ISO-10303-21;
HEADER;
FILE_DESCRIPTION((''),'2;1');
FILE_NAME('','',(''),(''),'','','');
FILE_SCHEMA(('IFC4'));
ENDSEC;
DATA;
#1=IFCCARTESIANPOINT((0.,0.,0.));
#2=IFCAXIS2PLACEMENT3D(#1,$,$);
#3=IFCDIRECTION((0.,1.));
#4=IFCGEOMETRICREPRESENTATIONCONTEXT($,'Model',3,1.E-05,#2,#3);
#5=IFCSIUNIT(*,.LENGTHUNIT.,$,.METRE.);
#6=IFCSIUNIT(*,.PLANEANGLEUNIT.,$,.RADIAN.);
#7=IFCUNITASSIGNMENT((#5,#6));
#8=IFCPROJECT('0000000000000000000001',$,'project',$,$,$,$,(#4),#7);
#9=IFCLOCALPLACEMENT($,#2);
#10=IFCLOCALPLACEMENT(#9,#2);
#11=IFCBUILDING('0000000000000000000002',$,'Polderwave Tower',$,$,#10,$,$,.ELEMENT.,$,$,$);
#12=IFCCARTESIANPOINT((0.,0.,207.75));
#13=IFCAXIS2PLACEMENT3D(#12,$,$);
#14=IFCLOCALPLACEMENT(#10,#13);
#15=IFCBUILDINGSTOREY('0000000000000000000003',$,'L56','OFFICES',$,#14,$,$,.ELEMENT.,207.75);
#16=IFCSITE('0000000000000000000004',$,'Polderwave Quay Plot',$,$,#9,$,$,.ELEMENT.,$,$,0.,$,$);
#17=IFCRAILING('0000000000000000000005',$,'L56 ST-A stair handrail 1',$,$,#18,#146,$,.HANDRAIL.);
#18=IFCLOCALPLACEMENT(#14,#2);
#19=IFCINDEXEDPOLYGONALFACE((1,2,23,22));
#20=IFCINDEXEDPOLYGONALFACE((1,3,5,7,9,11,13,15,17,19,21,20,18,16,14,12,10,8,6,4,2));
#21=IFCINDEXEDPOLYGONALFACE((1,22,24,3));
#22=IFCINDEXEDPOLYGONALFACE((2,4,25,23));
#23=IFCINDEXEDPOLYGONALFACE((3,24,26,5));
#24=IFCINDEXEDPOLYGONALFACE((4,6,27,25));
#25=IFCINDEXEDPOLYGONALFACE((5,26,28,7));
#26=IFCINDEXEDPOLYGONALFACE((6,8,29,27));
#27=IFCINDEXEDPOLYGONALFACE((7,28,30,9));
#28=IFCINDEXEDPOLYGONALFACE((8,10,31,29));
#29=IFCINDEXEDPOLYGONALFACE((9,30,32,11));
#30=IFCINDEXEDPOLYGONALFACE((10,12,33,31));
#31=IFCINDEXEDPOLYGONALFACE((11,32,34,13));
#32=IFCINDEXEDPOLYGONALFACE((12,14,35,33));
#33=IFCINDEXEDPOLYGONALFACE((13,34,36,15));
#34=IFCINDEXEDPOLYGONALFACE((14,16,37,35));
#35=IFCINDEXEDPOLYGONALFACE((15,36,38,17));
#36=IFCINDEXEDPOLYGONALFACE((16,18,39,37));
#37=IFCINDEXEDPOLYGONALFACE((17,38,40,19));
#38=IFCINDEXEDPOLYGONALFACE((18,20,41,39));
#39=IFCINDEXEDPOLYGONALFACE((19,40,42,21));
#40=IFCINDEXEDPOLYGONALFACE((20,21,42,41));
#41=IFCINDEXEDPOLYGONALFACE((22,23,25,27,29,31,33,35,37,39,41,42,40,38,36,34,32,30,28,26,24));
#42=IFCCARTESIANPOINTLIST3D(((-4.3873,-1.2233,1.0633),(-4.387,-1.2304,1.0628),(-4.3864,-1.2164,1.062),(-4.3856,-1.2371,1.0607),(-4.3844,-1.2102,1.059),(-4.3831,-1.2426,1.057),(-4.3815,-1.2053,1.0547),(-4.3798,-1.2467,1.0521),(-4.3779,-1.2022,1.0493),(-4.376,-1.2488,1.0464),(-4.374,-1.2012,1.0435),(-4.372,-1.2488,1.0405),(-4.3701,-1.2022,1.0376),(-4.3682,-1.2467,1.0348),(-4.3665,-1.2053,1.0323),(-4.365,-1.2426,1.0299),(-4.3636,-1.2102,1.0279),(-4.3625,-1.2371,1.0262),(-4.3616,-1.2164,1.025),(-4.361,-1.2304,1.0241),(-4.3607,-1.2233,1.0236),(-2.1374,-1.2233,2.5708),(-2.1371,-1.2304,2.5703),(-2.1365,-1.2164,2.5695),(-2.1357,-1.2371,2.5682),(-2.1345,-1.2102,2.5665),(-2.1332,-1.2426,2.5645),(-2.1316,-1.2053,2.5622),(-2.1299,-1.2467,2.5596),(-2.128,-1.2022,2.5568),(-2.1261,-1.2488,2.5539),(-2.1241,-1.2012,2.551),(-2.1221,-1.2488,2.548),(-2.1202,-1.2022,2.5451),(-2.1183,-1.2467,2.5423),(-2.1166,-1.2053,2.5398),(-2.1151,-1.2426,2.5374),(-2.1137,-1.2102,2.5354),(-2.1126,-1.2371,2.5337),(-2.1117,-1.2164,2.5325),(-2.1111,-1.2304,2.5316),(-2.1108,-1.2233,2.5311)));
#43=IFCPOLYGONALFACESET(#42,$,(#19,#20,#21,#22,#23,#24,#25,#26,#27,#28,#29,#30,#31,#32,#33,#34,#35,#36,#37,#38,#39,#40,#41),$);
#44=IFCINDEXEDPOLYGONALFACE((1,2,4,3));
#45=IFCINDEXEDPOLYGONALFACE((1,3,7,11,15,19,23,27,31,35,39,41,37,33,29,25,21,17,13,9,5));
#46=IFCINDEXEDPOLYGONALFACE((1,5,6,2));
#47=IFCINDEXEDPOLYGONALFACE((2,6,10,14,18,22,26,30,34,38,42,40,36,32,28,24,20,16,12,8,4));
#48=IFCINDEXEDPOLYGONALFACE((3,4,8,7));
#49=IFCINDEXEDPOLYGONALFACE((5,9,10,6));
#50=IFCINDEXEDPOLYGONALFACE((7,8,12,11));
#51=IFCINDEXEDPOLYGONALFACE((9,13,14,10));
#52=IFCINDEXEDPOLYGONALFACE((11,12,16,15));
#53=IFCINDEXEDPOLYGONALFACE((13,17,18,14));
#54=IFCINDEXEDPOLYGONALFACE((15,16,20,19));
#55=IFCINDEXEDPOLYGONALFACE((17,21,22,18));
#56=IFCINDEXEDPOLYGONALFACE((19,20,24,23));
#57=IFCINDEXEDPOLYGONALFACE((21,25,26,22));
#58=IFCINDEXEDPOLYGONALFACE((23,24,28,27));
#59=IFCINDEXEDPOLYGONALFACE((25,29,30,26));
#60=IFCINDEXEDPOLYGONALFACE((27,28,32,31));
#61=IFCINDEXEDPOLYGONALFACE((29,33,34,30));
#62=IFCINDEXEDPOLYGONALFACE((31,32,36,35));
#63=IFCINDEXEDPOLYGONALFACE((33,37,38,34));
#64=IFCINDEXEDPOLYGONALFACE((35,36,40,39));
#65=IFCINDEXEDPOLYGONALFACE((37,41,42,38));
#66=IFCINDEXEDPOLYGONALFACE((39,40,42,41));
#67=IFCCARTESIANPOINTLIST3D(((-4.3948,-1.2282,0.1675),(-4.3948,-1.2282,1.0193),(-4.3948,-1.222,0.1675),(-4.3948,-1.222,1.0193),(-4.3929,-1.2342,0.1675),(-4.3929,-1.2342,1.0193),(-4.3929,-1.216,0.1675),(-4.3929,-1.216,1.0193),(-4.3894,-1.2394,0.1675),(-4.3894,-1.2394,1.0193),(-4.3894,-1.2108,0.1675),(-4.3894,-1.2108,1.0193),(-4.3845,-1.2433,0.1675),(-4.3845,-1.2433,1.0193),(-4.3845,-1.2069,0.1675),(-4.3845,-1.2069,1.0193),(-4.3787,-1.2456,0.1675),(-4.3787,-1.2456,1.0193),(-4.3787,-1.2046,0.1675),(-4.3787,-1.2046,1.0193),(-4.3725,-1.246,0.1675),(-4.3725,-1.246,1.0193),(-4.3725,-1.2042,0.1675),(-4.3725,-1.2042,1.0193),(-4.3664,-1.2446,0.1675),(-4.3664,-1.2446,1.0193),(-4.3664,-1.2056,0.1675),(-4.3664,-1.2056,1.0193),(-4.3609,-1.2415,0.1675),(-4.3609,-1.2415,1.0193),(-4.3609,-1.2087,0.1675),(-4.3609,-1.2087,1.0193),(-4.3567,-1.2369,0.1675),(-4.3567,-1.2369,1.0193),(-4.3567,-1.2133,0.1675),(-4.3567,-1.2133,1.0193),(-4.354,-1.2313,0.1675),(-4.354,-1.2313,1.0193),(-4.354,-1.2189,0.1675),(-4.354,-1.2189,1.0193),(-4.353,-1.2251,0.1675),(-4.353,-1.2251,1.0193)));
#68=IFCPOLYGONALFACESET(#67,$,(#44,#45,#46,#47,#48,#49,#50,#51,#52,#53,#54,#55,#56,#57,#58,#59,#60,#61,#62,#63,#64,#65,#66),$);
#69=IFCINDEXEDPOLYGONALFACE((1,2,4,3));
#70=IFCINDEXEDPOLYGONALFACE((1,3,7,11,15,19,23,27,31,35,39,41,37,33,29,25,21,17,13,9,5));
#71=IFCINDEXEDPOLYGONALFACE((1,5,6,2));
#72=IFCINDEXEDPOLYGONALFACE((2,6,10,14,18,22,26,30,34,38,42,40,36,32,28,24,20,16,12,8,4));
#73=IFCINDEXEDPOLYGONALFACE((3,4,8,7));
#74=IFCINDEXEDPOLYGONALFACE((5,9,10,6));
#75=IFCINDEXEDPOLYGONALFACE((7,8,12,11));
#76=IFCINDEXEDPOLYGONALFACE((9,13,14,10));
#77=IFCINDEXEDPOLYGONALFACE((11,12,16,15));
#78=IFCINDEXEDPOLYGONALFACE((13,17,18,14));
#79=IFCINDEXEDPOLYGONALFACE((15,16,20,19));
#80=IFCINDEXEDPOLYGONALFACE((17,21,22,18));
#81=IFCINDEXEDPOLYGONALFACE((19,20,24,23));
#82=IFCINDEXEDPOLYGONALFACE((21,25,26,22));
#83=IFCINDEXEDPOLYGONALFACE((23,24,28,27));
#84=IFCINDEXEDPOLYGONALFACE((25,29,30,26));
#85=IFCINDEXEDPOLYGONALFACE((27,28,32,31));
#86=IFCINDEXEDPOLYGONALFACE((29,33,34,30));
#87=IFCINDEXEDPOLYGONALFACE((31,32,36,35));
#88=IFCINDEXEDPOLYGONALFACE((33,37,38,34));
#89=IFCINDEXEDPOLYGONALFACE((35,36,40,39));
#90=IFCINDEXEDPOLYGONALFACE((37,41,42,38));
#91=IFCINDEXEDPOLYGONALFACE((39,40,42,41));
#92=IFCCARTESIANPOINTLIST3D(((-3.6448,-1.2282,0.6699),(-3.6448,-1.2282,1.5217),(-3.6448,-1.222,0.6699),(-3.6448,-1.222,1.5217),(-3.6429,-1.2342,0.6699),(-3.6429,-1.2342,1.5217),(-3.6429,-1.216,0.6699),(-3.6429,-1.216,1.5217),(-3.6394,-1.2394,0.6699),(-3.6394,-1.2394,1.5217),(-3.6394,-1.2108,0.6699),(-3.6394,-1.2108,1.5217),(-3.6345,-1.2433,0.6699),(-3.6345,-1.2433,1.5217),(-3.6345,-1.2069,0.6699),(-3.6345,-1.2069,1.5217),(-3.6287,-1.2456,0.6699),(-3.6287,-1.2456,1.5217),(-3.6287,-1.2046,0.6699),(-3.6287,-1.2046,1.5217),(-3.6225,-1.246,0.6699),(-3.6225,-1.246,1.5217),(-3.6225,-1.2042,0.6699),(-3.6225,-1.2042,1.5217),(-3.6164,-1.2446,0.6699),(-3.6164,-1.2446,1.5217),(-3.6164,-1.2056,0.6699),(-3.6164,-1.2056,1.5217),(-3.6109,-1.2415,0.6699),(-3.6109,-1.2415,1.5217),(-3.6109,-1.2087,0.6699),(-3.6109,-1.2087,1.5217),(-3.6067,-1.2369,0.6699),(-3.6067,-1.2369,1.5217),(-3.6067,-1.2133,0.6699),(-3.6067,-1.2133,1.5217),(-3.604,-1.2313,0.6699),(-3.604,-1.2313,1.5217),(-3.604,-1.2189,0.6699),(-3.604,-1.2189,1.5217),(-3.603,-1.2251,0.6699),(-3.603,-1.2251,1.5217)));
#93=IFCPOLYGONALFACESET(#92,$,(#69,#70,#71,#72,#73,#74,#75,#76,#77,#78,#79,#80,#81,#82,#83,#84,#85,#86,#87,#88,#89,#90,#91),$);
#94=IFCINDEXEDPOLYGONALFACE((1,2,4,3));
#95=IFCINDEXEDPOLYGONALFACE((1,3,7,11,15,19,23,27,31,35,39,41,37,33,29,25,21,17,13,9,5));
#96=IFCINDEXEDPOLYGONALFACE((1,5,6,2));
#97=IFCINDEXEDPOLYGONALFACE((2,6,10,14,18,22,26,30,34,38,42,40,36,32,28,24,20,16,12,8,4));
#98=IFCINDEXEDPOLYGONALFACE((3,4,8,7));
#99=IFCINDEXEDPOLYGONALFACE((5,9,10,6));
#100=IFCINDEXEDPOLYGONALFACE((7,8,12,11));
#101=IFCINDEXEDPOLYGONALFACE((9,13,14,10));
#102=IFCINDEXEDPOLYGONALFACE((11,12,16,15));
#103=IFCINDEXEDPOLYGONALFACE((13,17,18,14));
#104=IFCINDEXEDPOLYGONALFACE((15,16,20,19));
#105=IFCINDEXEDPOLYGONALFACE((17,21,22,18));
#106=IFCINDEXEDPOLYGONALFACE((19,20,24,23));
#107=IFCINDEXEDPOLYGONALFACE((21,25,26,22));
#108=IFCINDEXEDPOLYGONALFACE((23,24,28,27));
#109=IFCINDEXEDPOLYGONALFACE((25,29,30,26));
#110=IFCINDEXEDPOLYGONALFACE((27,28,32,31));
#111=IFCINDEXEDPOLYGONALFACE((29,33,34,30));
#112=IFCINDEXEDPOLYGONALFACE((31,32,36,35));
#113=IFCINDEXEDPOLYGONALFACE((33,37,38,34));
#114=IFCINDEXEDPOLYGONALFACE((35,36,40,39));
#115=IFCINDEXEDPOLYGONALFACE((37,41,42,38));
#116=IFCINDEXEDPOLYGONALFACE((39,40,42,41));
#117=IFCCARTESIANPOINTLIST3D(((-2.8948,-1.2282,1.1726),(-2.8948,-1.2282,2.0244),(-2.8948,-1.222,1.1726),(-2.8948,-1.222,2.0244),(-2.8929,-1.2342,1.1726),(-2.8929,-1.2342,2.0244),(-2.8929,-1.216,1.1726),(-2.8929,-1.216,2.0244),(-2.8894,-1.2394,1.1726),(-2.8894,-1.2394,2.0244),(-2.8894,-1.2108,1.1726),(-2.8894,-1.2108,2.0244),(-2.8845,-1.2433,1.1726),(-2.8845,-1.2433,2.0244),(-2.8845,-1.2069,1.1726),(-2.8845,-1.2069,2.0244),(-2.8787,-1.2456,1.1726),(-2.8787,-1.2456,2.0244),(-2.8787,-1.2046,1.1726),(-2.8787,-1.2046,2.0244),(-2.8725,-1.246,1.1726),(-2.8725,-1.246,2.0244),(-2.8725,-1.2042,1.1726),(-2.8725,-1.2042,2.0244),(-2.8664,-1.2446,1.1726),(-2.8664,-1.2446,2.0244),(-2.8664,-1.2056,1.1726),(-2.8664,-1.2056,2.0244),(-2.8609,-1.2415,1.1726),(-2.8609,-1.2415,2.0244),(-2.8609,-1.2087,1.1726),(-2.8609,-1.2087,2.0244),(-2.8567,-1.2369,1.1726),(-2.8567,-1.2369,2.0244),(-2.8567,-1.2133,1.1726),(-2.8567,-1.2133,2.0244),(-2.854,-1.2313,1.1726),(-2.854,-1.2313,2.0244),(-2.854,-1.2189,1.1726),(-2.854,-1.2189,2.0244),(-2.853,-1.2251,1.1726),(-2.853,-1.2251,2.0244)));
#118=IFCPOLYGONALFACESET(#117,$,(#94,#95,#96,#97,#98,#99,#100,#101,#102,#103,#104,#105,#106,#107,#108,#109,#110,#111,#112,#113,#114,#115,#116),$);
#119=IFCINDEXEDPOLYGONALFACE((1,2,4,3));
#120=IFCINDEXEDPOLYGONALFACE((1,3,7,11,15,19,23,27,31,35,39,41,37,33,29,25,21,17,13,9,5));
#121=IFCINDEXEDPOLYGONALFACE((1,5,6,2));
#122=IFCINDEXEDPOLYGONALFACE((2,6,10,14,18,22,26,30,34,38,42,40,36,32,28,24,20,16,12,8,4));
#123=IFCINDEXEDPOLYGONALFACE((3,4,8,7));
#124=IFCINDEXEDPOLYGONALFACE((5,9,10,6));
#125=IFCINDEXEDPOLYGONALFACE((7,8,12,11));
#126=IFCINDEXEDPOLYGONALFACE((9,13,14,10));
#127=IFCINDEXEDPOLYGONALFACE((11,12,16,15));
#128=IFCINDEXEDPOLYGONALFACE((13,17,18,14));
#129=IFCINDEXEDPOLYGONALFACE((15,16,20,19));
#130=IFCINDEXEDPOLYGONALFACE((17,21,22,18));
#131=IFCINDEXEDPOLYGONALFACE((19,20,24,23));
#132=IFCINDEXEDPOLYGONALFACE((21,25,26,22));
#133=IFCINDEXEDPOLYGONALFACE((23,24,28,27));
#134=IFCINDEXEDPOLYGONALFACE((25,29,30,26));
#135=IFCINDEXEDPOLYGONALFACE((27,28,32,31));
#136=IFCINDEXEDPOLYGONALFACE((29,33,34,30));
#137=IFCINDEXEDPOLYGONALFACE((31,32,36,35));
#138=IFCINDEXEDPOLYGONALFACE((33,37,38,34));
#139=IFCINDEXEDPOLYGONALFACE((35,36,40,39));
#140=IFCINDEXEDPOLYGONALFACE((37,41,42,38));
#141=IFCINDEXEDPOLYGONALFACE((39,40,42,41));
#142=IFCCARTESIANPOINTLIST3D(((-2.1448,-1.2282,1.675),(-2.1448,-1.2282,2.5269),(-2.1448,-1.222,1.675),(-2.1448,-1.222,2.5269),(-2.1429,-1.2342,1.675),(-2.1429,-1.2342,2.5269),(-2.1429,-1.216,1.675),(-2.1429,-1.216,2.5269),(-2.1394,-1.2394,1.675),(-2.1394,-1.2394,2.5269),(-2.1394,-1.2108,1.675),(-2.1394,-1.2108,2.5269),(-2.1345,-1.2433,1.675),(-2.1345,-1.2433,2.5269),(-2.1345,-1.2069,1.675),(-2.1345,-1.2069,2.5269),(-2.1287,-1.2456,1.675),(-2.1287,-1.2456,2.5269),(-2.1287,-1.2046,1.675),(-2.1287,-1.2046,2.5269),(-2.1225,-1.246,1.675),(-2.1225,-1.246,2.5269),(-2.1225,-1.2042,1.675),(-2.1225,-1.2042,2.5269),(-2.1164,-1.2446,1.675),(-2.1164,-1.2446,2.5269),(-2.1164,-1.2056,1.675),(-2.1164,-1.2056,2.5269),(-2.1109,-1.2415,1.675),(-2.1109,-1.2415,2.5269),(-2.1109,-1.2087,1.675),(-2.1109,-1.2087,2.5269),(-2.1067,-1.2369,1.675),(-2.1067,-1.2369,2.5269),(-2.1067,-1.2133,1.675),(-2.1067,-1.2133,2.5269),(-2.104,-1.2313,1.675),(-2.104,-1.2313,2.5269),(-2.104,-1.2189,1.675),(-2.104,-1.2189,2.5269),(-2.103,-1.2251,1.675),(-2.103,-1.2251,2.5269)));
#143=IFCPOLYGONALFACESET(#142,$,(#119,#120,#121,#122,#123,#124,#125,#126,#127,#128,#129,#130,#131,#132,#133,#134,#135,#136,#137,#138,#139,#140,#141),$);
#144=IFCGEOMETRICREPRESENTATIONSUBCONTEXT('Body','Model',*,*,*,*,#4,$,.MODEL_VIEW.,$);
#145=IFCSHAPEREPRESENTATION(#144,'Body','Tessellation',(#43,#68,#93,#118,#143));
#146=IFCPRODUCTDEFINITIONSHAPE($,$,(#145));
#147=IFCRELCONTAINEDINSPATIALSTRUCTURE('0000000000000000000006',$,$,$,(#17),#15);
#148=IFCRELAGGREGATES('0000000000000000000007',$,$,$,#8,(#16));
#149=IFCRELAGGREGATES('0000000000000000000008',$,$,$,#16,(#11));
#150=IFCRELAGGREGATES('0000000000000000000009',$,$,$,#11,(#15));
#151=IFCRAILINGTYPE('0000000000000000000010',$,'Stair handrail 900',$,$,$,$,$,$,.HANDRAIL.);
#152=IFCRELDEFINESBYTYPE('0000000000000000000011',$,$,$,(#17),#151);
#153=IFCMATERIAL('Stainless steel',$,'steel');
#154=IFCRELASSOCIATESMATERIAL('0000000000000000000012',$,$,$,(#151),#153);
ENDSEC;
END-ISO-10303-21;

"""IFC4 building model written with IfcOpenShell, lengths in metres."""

from ifc_helpers import new_model, si_unit, direction, frame, origin, origin_2d, place, context, subcontext, project, spatial, circle, extrude, material, type_object, element, save


model = new_model("IFC4")

# Units and contexts
model_context = context("Model", 3, precision=1e-05, world=origin(), true_north=direction((0.0, 1.0)))
body_context = subcontext(model_context, "Body", "Model", "MODEL_VIEW")
ifc_project = project(units=[si_unit("LENGTHUNIT", "METRE"), si_unit("PLANEANGLEUNIT", "RADIAN")], contexts=[model_context])

# Site, building, storey
site_placement = place(None, origin())
site = spatial("IfcSite", under=ifc_project, at=site_placement, Name="Polderwave Quay Plot", CompositionType="ELEMENT", RefElevation=0.0)
building_placement = place(site_placement, origin())
building = spatial("IfcBuilding", under=site, at=building_placement, Name="Polderwave Tower", CompositionType="ELEMENT")
storey_placement = place(building_placement, frame((0.0, 0.0, 207.75)))
storey = spatial("IfcBuildingStorey", under=building, at=storey_placement, Name="L56", Description="OFFICES", CompositionType="ELEMENT", Elevation=207.75)

# Railing
ifc_material_1 = material(Name="Stainless steel", Category="steel")
railing_type_1 = type_object("IfcRailingType", Name="Stair handrail 900", PredefinedType="HANDRAIL", material=ifc_material_1)
railing_1_placement = place(storey_placement, frame((-4.374, -1.2251, 0.1675)))
element("IfcRailing", 1, at=railing_1_placement, inside=storey, type_object=railing_type_1, Name="L56 ST-A stair handrail 1", PredefinedType="HANDRAIL", context=body_context, shape_type="SweptSolid", body=[
    extrude(circle(Radius=0.0239, at=origin_2d()), frame((0.0, 0.0, 0.876), z_axis=(0.830758, 0.0, 0.556633), x_axis=(0.0, 1.0, 0.0)), (0.0, 0.0, 1.0), 2.7083),
    extrude(circle(Radius=0.021, at=origin_2d()), origin(), (0.0, 0.0, 1.0), 0.8518),
    extrude(circle(Radius=0.021, at=origin_2d()), frame((0.75, 0.0, 0.5024)), (0.0, 0.0, 1.0), 0.8518),
    extrude(circle(Radius=0.021, at=origin_2d()), frame((1.5, 0.0, 1.0051)), (0.0, 0.0, 1.0), 0.8518),
    extrude(circle(Radius=0.021, at=origin_2d()), frame((2.25, 0.0, 1.5076)), (0.0, 0.0, 1.0), 0.8518),
])

save(model, "model.ifc")
